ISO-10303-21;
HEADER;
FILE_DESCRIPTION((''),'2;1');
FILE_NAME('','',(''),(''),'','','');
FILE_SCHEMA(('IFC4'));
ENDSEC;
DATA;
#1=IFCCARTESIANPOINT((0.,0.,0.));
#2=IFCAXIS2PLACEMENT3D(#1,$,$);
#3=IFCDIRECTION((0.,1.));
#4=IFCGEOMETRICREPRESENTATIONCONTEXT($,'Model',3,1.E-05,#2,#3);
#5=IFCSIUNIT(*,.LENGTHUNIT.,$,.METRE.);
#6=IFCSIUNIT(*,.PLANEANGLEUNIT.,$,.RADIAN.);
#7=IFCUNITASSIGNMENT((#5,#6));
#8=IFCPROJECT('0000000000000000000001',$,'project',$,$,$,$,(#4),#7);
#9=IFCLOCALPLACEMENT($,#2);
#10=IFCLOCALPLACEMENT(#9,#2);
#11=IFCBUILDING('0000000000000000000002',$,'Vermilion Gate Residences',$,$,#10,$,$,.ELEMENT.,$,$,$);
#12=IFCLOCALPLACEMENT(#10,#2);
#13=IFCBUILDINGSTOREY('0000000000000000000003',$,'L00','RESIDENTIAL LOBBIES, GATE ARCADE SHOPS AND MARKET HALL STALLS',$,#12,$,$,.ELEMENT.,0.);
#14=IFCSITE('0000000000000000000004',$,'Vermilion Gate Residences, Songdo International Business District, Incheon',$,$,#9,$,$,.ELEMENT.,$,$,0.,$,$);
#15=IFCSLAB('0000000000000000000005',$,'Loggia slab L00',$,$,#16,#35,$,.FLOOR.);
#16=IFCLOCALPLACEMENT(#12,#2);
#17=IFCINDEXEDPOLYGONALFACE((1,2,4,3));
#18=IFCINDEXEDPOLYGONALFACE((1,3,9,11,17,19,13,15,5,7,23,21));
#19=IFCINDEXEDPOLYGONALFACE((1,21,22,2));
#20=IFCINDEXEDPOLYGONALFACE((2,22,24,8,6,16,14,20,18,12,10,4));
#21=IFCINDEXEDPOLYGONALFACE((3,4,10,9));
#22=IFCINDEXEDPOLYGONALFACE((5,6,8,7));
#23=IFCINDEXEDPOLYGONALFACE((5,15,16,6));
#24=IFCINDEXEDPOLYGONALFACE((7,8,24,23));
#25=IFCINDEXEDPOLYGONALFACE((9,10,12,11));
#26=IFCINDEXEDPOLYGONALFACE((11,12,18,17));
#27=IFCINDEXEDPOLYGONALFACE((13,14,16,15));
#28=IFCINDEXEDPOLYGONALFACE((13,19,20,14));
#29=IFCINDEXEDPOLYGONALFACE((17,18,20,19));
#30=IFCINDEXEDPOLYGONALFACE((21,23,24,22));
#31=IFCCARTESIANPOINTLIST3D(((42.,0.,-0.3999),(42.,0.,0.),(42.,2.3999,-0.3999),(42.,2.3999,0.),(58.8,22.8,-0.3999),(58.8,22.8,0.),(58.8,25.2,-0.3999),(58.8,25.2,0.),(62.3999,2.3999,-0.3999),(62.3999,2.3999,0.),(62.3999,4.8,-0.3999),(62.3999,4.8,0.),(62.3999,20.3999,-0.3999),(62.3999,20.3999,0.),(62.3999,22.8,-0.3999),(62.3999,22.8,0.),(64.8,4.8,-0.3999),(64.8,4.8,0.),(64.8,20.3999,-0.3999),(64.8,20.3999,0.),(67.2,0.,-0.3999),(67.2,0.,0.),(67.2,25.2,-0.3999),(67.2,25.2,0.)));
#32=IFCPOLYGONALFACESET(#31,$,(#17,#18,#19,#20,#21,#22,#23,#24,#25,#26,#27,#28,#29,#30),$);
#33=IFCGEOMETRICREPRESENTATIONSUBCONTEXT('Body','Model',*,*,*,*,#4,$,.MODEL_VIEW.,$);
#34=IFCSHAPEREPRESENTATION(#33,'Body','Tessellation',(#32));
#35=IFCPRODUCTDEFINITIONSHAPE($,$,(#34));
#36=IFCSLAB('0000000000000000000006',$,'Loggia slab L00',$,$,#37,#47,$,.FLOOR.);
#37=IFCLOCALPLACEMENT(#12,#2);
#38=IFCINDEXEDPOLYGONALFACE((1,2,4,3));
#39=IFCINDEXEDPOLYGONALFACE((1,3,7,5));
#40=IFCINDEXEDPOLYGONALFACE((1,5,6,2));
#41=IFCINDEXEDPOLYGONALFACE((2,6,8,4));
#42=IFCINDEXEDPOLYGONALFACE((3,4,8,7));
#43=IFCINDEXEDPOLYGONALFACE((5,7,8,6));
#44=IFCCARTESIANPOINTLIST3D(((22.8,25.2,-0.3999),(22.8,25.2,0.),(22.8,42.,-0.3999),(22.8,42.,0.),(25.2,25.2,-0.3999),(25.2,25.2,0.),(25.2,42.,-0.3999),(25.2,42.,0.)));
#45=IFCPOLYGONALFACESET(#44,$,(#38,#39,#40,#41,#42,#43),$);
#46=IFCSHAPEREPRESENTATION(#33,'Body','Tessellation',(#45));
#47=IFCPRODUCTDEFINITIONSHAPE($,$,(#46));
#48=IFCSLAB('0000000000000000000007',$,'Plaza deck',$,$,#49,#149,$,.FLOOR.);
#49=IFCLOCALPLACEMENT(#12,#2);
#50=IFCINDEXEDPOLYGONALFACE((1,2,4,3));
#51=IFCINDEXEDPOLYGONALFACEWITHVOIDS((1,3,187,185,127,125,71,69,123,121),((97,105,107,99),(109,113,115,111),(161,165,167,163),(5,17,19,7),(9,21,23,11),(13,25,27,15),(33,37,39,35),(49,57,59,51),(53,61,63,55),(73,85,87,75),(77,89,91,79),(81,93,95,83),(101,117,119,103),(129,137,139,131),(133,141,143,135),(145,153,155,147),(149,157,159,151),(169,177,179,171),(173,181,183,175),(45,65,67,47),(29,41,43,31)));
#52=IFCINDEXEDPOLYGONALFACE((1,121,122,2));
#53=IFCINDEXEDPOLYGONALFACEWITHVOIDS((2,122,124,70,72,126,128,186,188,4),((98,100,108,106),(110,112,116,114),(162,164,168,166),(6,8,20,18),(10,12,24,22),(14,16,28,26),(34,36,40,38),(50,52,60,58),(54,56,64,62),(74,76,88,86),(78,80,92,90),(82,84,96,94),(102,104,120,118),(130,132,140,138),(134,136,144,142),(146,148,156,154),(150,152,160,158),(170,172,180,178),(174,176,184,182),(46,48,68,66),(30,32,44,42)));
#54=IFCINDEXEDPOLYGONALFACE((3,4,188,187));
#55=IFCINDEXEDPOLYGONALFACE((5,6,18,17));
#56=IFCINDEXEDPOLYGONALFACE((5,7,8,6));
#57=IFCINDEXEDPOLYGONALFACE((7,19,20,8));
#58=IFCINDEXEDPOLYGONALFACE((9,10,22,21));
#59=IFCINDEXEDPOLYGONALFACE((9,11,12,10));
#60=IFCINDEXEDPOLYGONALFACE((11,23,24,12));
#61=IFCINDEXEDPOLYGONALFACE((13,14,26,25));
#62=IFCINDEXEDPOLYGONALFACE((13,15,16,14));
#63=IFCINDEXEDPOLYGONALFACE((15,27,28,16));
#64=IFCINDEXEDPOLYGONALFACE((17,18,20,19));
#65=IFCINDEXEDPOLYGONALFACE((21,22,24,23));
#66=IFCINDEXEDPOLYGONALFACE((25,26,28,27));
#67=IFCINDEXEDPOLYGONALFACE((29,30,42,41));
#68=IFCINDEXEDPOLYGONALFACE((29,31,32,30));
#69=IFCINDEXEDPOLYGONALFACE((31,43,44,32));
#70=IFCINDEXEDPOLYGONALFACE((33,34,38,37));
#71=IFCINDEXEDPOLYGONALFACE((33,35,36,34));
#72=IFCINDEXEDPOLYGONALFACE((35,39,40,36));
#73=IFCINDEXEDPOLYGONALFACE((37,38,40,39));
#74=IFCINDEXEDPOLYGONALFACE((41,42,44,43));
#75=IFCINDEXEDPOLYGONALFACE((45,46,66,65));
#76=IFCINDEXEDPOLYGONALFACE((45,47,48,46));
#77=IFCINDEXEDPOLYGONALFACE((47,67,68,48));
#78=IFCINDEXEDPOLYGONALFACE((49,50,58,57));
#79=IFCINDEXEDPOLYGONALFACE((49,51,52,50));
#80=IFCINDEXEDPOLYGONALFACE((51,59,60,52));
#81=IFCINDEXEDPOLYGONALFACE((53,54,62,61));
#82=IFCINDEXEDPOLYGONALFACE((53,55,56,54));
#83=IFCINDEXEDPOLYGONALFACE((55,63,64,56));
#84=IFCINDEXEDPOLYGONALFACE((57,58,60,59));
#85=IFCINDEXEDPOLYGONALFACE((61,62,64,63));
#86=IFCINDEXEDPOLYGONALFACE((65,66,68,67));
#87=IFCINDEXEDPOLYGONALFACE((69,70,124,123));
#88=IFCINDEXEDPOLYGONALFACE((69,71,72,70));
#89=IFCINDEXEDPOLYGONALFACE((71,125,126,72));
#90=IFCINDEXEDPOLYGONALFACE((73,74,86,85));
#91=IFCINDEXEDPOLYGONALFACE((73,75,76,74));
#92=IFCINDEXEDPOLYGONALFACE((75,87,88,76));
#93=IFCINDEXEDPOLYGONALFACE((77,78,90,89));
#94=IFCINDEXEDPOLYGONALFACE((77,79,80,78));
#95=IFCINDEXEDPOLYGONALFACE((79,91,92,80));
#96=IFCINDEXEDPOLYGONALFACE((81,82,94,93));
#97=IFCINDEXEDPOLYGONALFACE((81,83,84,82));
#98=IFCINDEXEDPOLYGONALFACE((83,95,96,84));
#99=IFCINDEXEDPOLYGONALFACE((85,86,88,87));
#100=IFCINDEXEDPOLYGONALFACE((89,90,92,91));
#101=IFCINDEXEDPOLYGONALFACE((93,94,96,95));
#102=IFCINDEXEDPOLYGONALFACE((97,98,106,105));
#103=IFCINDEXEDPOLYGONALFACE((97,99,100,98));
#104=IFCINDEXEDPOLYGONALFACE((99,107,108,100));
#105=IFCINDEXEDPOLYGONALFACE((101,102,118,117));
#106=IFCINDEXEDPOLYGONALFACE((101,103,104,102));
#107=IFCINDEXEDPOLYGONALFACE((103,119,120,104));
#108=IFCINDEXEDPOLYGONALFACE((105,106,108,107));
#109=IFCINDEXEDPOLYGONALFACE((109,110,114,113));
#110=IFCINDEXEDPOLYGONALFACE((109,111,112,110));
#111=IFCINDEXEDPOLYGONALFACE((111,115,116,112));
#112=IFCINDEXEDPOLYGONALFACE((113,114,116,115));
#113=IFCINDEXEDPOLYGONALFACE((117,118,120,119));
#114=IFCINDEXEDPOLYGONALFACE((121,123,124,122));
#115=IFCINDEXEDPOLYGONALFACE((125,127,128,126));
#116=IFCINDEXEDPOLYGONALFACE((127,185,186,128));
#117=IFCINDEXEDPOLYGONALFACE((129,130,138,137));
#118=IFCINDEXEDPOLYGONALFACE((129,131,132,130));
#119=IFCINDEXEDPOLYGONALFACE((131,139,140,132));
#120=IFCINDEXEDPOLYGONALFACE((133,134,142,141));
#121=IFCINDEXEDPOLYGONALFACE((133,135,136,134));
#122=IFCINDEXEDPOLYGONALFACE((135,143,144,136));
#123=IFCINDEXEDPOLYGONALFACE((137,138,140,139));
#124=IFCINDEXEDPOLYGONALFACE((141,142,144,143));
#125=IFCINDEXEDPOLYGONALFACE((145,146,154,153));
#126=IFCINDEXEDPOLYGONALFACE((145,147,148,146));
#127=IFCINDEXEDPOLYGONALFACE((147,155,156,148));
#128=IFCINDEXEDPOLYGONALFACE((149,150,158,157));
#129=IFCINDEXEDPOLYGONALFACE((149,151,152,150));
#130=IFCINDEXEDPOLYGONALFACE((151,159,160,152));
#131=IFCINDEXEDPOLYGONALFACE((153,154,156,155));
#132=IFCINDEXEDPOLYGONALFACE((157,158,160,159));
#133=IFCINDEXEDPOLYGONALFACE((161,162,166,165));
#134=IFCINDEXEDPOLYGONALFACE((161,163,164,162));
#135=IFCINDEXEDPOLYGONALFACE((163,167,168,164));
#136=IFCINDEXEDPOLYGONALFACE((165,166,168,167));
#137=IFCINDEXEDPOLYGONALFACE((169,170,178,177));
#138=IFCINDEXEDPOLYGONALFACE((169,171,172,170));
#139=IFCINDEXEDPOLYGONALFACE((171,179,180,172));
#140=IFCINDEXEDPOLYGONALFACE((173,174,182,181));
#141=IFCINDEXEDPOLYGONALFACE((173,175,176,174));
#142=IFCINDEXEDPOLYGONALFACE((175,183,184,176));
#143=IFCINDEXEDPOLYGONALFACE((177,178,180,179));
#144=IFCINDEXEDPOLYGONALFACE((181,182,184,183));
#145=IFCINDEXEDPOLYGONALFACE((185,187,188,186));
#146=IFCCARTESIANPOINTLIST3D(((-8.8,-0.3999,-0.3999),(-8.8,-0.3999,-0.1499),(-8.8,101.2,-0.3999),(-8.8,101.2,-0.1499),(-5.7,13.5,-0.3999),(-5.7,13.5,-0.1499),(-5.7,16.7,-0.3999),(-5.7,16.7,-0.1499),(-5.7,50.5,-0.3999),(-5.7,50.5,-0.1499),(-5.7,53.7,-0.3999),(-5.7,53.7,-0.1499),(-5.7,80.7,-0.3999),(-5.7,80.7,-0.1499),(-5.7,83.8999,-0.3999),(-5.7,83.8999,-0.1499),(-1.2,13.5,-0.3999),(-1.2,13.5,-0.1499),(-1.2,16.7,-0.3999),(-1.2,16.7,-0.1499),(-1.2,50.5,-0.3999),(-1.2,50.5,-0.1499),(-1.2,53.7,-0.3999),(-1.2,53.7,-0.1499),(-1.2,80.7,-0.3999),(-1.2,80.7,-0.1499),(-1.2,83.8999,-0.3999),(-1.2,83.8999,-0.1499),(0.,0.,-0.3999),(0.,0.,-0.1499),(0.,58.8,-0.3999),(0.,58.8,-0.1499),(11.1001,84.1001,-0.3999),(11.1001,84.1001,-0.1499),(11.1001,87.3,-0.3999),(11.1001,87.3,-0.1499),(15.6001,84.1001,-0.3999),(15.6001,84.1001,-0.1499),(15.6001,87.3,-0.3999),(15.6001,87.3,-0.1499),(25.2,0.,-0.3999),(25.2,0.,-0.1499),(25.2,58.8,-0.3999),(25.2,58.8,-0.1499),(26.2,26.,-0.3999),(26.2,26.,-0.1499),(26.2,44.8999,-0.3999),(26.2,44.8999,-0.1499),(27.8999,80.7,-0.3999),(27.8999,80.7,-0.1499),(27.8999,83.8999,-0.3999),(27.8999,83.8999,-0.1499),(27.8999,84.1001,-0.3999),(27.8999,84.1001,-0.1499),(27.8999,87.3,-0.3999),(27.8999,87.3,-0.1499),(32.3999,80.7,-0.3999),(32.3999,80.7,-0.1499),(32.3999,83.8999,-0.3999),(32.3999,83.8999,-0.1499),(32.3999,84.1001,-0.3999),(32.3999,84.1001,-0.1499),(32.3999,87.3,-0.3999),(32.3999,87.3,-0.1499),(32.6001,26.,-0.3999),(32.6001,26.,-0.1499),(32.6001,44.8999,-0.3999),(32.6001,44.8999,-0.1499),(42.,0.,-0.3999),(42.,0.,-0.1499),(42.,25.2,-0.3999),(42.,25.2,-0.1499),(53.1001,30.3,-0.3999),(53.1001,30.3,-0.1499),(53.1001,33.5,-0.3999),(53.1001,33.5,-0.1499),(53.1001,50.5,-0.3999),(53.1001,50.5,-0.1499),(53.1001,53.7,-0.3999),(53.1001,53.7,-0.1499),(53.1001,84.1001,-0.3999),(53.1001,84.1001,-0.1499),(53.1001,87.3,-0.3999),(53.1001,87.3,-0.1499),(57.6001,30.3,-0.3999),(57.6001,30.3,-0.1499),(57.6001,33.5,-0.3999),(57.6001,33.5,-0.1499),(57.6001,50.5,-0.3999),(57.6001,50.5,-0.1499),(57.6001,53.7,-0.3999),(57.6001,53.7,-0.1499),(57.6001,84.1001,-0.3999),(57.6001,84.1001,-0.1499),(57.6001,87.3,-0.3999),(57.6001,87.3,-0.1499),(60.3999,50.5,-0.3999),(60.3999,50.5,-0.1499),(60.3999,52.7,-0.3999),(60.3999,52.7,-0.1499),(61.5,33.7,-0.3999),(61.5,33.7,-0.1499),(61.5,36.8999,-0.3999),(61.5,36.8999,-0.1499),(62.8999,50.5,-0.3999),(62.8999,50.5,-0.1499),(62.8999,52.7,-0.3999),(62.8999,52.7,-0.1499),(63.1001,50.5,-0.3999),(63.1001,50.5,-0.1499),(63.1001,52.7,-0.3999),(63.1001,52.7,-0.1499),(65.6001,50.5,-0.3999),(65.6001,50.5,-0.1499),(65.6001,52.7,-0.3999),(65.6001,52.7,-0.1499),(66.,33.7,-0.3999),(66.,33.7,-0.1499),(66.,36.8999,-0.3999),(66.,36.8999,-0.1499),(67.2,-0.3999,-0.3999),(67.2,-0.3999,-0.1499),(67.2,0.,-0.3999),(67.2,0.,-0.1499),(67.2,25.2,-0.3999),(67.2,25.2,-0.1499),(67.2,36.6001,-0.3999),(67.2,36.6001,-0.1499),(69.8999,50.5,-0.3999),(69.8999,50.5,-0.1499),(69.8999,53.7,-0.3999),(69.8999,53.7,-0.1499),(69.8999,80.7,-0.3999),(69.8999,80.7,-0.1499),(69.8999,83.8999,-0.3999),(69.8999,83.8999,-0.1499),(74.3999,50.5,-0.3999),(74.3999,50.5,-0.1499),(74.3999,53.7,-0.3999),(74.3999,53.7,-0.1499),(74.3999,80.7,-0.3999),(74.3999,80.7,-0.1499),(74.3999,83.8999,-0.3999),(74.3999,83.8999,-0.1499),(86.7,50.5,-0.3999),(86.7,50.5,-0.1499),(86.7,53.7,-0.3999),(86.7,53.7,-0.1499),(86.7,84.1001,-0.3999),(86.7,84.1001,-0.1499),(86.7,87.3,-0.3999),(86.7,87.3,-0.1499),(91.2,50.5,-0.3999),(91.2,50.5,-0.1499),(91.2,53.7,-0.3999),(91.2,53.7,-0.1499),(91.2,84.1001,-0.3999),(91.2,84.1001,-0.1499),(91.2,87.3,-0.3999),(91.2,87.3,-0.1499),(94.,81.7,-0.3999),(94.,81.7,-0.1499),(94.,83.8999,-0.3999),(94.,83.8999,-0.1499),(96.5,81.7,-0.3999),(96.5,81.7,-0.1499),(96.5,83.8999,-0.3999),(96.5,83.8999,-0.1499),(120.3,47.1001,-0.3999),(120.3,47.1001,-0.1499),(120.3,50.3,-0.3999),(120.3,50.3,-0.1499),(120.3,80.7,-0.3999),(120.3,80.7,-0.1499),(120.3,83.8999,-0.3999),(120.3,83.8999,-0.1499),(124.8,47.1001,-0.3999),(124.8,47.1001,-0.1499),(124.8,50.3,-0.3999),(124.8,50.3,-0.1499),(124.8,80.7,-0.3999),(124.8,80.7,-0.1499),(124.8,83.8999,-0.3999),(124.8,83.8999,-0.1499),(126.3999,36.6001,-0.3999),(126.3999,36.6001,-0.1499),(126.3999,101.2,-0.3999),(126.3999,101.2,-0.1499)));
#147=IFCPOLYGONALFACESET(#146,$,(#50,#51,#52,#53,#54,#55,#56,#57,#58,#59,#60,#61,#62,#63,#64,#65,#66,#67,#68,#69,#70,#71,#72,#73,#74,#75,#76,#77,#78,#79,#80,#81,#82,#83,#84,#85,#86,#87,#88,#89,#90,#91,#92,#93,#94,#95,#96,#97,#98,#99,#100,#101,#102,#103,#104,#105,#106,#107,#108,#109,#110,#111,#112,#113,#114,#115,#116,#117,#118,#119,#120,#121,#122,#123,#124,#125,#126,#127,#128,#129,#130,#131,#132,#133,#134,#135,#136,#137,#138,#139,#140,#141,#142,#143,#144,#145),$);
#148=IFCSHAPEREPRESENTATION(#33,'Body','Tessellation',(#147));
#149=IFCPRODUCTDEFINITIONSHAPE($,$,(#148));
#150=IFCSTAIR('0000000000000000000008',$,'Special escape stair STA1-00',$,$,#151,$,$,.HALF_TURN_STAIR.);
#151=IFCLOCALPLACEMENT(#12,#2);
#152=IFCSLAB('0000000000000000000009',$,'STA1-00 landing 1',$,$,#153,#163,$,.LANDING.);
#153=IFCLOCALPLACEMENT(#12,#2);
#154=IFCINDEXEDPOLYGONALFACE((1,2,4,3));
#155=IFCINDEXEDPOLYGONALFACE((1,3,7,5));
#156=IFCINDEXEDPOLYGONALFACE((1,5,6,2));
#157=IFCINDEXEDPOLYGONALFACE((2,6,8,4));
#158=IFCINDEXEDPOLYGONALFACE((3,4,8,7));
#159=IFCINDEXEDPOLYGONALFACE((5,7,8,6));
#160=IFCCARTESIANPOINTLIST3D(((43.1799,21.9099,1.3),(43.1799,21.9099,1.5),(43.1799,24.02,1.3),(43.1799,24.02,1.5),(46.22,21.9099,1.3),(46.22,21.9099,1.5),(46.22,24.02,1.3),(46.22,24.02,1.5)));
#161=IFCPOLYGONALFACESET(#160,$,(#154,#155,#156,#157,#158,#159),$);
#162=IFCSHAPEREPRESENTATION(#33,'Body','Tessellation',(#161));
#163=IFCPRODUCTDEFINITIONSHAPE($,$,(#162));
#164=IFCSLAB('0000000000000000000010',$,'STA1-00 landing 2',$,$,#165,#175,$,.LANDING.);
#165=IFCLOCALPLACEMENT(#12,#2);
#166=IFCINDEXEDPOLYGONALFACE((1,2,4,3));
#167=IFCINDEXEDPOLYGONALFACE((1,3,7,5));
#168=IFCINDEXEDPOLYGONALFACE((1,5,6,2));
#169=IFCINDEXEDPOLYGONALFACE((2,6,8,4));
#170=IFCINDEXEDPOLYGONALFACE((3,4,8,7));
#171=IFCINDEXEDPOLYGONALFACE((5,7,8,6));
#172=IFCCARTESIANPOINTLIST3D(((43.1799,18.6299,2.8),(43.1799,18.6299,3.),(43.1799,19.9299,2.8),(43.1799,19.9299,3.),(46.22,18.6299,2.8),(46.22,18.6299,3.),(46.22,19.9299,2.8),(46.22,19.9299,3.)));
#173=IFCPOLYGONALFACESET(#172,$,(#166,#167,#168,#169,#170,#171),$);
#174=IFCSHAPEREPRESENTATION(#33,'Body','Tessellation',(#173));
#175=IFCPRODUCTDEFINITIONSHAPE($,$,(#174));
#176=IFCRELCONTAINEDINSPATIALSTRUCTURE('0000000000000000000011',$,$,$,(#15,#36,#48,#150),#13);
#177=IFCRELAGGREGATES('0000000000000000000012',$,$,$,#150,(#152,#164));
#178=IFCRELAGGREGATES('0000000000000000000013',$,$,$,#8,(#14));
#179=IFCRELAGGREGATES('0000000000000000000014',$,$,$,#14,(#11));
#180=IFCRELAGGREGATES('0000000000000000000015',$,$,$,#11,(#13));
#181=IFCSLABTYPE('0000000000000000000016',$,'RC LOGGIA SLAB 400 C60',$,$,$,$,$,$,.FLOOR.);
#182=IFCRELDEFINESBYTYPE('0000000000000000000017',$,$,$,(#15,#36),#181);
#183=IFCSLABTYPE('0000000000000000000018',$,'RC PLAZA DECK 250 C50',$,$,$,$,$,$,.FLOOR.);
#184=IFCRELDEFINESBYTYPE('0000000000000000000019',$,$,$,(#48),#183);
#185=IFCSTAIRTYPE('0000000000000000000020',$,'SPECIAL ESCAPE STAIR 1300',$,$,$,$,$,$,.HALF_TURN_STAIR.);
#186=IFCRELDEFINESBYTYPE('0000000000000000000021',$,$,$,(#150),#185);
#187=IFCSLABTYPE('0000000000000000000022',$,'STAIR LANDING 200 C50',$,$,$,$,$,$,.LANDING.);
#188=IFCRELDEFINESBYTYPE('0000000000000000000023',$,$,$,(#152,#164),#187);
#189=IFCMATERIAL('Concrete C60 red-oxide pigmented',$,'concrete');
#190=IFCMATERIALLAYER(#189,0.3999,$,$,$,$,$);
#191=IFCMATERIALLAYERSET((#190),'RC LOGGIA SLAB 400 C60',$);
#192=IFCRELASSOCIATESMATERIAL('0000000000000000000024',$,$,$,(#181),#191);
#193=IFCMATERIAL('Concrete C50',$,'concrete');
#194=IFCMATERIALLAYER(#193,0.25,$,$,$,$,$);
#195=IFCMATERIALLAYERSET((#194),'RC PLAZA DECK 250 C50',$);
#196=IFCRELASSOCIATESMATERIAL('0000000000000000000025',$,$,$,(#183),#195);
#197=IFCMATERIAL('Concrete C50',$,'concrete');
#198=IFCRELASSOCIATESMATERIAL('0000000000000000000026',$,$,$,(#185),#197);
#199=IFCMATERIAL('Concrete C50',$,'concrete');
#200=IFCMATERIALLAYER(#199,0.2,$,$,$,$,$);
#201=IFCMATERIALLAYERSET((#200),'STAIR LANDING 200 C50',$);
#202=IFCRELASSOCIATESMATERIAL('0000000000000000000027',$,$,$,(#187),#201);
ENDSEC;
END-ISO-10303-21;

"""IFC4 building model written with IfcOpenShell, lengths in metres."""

from ifc_helpers import new_model, si_unit, direction, frame, origin, place, context, subcontext, project, spatial, polyline, outline, extrude, material, layer, layer_set, type_object, element, aggregate, save


model = new_model("IFC4")

# Units and contexts
model_context = context("Model", 3, precision=1e-05, world=origin(), true_north=direction((0.0, 1.0)))
body_context = subcontext(model_context, "Body", "Model", "MODEL_VIEW")
ifc_project = project(units=[si_unit("LENGTHUNIT", "METRE"), si_unit("PLANEANGLEUNIT", "RADIAN")], contexts=[model_context])

# Site, building, storey
site_placement = place(None, origin())
site = spatial("IfcSite", under=ifc_project, at=site_placement, Name="Vermilion Gate Residences, Songdo International Business District, Incheon", CompositionType="ELEMENT", RefElevation=0.0)
building_placement = place(site_placement, origin())
building = spatial("IfcBuilding", under=site, at=building_placement, Name="Vermilion Gate Residences", CompositionType="ELEMENT")
storey_placement = place(building_placement, origin())
storey = spatial("IfcBuildingStorey", under=building, at=storey_placement, Name="L00", Description="RESIDENTIAL LOBBIES, GATE ARCADE SHOPS AND MARKET HALL STALLS", CompositionType="ELEMENT", Elevation=0.0)

# Slabs
ifc_material_1 = material(Name="Concrete C60 red-oxide pigmented", Category="concrete")
ifc_layer_1 = layer(ifc_material_1, 0.3999)
ifc_layer_set_1 = layer_set([ifc_layer_1], Name="RC LOGGIA SLAB 400 C60")
slab_type_1 = type_object("IfcSlabType", Name="RC LOGGIA SLAB 400 C60", PredefinedType="FLOOR", material=ifc_layer_set_1)
slab_1_placement = place(storey_placement, frame((0.0, 0.0, -0.3999)))
element("IfcSlab", 1, at=slab_1_placement, inside=storey, type_object=slab_type_1, Name="Loggia slab L00", PredefinedType="FLOOR", context=body_context, shape_type="SweptSolid", body=[
    extrude(outline(polyline([(64.8, 20.3999), (64.8, 4.8), (62.3999, 4.8), (62.3999, 2.3999), (42.0, 2.3999), (42.0, 0.0), (67.2, 0.0), (67.2, 25.2), (58.8, 25.2), (58.8, 22.8), (62.3999, 22.8), (62.3999, 20.3999), (64.8, 20.3999)])), origin(), (0.0, 0.0, 1.0), 0.3999),
])
slab_2_placement = place(storey_placement, frame((0.0, 0.0, -0.3999)))
element("IfcSlab", 2, at=slab_2_placement, inside=storey, type_object=slab_type_1, Name="Loggia slab L00", PredefinedType="FLOOR", context=body_context, shape_type="SweptSolid", body=[
    extrude(outline(polyline([(22.8, 25.2), (25.2, 25.2), (25.2, 42.0), (22.8, 42.0), (22.8, 25.2)])), origin(), (0.0, 0.0, 1.0), 0.3999),
])
ifc_material_2 = material(Name="Concrete C50", Category="concrete")
ifc_layer_2 = layer(ifc_material_2, 0.25)
ifc_layer_set_2 = layer_set([ifc_layer_2], Name="RC PLAZA DECK 250 C50")
slab_type_2 = type_object("IfcSlabType", Name="RC PLAZA DECK 250 C50", PredefinedType="FLOOR", material=ifc_layer_set_2)
slab_3_placement = place(storey_placement, frame((0.0, 0.0, -0.3999)))
element("IfcSlab", 3, at=slab_3_placement, inside=storey, type_object=slab_type_2, Name="Plaza deck", PredefinedType="FLOOR", context=body_context, shape_type="SweptSolid", body=[
    extrude(outline(polyline([(67.2, 25.2), (67.2, 36.6001), (126.3999, 36.6001), (126.3999, 101.2), (-8.8, 101.2), (-8.8, -0.3999), (67.2, -0.3999), (67.2, 0.0), (42.0, 0.0), (42.0, 25.2), (67.2, 25.2)]), holes=[polyline([(120.3, 80.7), (120.3, 83.8999), (124.8, 83.8999), (124.8, 80.7), (120.3, 80.7)]), polyline([(120.3, 47.1001), (120.3, 50.3), (124.8, 50.3), (124.8, 47.1001), (120.3, 47.1001)]), polyline([(96.5, 83.8999), (96.5, 81.7), (94.0, 81.7), (94.0, 83.8999), (96.5, 83.8999)]), polyline([(86.7, 87.3), (91.2, 87.3), (91.2, 84.1001), (86.7, 84.1001), (86.7, 87.3)]), polyline([(86.7, 53.7), (91.2, 53.7), (91.2, 50.5), (86.7, 50.5), (86.7, 53.7)]), polyline([(74.3999, 83.8999), (74.3999, 80.7), (69.8999, 80.7), (69.8999, 83.8999), (74.3999, 83.8999)]), polyline([(74.3999, 53.7), (74.3999, 50.5), (69.8999, 50.5), (69.8999, 53.7), (74.3999, 53.7)]), polyline([(66.0, 33.7), (61.5, 33.7), (61.5, 36.8999), (66.0, 36.8999), (66.0, 33.7)]), polyline([(63.1001, 52.7), (65.6001, 52.7), (65.6001, 50.5), (63.1001, 50.5), (63.1001, 52.7)]), polyline([(60.3999, 50.5), (60.3999, 52.7), (62.8999, 52.7), (62.8999, 50.5), (60.3999, 50.5)]), polyline([(57.6001, 84.1001), (53.1001, 84.1001), (53.1001, 87.3), (57.6001, 87.3), (57.6001, 84.1001)]), polyline([(57.6001, 53.7), (57.6001, 50.5), (53.1001, 50.5), (53.1001, 53.7), (57.6001, 53.7)]), polyline([(57.6001, 30.3), (53.1001, 30.3), (53.1001, 33.5), (57.6001, 33.5), (57.6001, 30.3)]), polyline([(32.6001, 26.0), (26.2, 26.0), (26.2, 44.8999), (32.6001, 44.8999), (32.6001, 26.0)]), polyline([(27.8999, 84.1001), (27.8999, 87.3), (32.3999, 87.3), (32.3999, 84.1001), (27.8999, 84.1001)]), polyline([(27.8999, 83.8999), (32.3999, 83.8999), (32.3999, 80.7), (27.8999, 80.7), (27.8999, 83.8999)]), polyline([(0.0, 0.0), (0.0, 58.8), (25.2, 58.8), (25.2, 0.0), (0.0, 0.0)]), polyline([(15.6001, 84.1001), (11.1001, 84.1001), (11.1001, 87.3), (15.6001, 87.3), (15.6001, 84.1001)]), polyline([(-5.7, 13.5), (-5.7, 16.7), (-1.2, 16.7), (-1.2, 13.5), (-5.7, 13.5)]), polyline([(-1.2, 83.8999), (-1.2, 80.7), (-5.7, 80.7), (-5.7, 83.8999), (-1.2, 83.8999)]), polyline([(-5.7, 53.7), (-1.2, 53.7), (-1.2, 50.5), (-5.7, 50.5), (-5.7, 53.7)])]), origin(), (0.0, 0.0, 1.0), 0.25),
])

# Stair, slabs
ifc_material_3 = material(Name="Concrete C50", Category="concrete")
stair_type = type_object("IfcStairType", Name="SPECIAL ESCAPE STAIR 1300", PredefinedType="HALF_TURN_STAIR", material=ifc_material_3)
stair_1_placement = place(storey_placement, origin())
stair_1 = element("IfcStair", 4, at=stair_1_placement, inside=storey, type_object=stair_type, Name="Special escape stair STA1-00", PredefinedType="HALF_TURN_STAIR")
ifc_material_4 = material(Name="Concrete C50", Category="concrete")
ifc_layer_3 = layer(ifc_material_4, 0.2)
ifc_layer_set_3 = layer_set([ifc_layer_3], Name="STAIR LANDING 200 C50")
slab_type_3 = type_object("IfcSlabType", Name="STAIR LANDING 200 C50", PredefinedType="LANDING", material=ifc_layer_set_3)
slab_4_placement = place(storey_placement, frame((0.0, 0.0, 1.3)))
slab_4 = element("IfcSlab", 5, at=slab_4_placement, type_object=slab_type_3, Name="STA1-00 landing 1", PredefinedType="LANDING", context=body_context, shape_type="SweptSolid", body=[
    extrude(outline(polyline([(46.22, 21.9099), (46.22, 24.02), (43.1799, 24.02), (43.1799, 21.9099), (46.22, 21.9099)])), origin(), (0.0, 0.0, 1.0), 0.2),
])
slab_5_placement = place(storey_placement, frame((0.0, 0.0, 2.8)))
slab_5 = element("IfcSlab", 6, at=slab_5_placement, type_object=slab_type_3, Name="STA1-00 landing 2", PredefinedType="LANDING", context=body_context, shape_type="SweptSolid", body=[
    extrude(outline(polyline([(46.22, 18.6299), (46.22, 19.9299), (43.1799, 19.9299), (43.1799, 18.6299), (46.22, 18.6299)])), origin(), (0.0, 0.0, 1.0), 0.2),
])
aggregate(stair_1, [slab_4, slab_5])

save(model, "model.ifc")
